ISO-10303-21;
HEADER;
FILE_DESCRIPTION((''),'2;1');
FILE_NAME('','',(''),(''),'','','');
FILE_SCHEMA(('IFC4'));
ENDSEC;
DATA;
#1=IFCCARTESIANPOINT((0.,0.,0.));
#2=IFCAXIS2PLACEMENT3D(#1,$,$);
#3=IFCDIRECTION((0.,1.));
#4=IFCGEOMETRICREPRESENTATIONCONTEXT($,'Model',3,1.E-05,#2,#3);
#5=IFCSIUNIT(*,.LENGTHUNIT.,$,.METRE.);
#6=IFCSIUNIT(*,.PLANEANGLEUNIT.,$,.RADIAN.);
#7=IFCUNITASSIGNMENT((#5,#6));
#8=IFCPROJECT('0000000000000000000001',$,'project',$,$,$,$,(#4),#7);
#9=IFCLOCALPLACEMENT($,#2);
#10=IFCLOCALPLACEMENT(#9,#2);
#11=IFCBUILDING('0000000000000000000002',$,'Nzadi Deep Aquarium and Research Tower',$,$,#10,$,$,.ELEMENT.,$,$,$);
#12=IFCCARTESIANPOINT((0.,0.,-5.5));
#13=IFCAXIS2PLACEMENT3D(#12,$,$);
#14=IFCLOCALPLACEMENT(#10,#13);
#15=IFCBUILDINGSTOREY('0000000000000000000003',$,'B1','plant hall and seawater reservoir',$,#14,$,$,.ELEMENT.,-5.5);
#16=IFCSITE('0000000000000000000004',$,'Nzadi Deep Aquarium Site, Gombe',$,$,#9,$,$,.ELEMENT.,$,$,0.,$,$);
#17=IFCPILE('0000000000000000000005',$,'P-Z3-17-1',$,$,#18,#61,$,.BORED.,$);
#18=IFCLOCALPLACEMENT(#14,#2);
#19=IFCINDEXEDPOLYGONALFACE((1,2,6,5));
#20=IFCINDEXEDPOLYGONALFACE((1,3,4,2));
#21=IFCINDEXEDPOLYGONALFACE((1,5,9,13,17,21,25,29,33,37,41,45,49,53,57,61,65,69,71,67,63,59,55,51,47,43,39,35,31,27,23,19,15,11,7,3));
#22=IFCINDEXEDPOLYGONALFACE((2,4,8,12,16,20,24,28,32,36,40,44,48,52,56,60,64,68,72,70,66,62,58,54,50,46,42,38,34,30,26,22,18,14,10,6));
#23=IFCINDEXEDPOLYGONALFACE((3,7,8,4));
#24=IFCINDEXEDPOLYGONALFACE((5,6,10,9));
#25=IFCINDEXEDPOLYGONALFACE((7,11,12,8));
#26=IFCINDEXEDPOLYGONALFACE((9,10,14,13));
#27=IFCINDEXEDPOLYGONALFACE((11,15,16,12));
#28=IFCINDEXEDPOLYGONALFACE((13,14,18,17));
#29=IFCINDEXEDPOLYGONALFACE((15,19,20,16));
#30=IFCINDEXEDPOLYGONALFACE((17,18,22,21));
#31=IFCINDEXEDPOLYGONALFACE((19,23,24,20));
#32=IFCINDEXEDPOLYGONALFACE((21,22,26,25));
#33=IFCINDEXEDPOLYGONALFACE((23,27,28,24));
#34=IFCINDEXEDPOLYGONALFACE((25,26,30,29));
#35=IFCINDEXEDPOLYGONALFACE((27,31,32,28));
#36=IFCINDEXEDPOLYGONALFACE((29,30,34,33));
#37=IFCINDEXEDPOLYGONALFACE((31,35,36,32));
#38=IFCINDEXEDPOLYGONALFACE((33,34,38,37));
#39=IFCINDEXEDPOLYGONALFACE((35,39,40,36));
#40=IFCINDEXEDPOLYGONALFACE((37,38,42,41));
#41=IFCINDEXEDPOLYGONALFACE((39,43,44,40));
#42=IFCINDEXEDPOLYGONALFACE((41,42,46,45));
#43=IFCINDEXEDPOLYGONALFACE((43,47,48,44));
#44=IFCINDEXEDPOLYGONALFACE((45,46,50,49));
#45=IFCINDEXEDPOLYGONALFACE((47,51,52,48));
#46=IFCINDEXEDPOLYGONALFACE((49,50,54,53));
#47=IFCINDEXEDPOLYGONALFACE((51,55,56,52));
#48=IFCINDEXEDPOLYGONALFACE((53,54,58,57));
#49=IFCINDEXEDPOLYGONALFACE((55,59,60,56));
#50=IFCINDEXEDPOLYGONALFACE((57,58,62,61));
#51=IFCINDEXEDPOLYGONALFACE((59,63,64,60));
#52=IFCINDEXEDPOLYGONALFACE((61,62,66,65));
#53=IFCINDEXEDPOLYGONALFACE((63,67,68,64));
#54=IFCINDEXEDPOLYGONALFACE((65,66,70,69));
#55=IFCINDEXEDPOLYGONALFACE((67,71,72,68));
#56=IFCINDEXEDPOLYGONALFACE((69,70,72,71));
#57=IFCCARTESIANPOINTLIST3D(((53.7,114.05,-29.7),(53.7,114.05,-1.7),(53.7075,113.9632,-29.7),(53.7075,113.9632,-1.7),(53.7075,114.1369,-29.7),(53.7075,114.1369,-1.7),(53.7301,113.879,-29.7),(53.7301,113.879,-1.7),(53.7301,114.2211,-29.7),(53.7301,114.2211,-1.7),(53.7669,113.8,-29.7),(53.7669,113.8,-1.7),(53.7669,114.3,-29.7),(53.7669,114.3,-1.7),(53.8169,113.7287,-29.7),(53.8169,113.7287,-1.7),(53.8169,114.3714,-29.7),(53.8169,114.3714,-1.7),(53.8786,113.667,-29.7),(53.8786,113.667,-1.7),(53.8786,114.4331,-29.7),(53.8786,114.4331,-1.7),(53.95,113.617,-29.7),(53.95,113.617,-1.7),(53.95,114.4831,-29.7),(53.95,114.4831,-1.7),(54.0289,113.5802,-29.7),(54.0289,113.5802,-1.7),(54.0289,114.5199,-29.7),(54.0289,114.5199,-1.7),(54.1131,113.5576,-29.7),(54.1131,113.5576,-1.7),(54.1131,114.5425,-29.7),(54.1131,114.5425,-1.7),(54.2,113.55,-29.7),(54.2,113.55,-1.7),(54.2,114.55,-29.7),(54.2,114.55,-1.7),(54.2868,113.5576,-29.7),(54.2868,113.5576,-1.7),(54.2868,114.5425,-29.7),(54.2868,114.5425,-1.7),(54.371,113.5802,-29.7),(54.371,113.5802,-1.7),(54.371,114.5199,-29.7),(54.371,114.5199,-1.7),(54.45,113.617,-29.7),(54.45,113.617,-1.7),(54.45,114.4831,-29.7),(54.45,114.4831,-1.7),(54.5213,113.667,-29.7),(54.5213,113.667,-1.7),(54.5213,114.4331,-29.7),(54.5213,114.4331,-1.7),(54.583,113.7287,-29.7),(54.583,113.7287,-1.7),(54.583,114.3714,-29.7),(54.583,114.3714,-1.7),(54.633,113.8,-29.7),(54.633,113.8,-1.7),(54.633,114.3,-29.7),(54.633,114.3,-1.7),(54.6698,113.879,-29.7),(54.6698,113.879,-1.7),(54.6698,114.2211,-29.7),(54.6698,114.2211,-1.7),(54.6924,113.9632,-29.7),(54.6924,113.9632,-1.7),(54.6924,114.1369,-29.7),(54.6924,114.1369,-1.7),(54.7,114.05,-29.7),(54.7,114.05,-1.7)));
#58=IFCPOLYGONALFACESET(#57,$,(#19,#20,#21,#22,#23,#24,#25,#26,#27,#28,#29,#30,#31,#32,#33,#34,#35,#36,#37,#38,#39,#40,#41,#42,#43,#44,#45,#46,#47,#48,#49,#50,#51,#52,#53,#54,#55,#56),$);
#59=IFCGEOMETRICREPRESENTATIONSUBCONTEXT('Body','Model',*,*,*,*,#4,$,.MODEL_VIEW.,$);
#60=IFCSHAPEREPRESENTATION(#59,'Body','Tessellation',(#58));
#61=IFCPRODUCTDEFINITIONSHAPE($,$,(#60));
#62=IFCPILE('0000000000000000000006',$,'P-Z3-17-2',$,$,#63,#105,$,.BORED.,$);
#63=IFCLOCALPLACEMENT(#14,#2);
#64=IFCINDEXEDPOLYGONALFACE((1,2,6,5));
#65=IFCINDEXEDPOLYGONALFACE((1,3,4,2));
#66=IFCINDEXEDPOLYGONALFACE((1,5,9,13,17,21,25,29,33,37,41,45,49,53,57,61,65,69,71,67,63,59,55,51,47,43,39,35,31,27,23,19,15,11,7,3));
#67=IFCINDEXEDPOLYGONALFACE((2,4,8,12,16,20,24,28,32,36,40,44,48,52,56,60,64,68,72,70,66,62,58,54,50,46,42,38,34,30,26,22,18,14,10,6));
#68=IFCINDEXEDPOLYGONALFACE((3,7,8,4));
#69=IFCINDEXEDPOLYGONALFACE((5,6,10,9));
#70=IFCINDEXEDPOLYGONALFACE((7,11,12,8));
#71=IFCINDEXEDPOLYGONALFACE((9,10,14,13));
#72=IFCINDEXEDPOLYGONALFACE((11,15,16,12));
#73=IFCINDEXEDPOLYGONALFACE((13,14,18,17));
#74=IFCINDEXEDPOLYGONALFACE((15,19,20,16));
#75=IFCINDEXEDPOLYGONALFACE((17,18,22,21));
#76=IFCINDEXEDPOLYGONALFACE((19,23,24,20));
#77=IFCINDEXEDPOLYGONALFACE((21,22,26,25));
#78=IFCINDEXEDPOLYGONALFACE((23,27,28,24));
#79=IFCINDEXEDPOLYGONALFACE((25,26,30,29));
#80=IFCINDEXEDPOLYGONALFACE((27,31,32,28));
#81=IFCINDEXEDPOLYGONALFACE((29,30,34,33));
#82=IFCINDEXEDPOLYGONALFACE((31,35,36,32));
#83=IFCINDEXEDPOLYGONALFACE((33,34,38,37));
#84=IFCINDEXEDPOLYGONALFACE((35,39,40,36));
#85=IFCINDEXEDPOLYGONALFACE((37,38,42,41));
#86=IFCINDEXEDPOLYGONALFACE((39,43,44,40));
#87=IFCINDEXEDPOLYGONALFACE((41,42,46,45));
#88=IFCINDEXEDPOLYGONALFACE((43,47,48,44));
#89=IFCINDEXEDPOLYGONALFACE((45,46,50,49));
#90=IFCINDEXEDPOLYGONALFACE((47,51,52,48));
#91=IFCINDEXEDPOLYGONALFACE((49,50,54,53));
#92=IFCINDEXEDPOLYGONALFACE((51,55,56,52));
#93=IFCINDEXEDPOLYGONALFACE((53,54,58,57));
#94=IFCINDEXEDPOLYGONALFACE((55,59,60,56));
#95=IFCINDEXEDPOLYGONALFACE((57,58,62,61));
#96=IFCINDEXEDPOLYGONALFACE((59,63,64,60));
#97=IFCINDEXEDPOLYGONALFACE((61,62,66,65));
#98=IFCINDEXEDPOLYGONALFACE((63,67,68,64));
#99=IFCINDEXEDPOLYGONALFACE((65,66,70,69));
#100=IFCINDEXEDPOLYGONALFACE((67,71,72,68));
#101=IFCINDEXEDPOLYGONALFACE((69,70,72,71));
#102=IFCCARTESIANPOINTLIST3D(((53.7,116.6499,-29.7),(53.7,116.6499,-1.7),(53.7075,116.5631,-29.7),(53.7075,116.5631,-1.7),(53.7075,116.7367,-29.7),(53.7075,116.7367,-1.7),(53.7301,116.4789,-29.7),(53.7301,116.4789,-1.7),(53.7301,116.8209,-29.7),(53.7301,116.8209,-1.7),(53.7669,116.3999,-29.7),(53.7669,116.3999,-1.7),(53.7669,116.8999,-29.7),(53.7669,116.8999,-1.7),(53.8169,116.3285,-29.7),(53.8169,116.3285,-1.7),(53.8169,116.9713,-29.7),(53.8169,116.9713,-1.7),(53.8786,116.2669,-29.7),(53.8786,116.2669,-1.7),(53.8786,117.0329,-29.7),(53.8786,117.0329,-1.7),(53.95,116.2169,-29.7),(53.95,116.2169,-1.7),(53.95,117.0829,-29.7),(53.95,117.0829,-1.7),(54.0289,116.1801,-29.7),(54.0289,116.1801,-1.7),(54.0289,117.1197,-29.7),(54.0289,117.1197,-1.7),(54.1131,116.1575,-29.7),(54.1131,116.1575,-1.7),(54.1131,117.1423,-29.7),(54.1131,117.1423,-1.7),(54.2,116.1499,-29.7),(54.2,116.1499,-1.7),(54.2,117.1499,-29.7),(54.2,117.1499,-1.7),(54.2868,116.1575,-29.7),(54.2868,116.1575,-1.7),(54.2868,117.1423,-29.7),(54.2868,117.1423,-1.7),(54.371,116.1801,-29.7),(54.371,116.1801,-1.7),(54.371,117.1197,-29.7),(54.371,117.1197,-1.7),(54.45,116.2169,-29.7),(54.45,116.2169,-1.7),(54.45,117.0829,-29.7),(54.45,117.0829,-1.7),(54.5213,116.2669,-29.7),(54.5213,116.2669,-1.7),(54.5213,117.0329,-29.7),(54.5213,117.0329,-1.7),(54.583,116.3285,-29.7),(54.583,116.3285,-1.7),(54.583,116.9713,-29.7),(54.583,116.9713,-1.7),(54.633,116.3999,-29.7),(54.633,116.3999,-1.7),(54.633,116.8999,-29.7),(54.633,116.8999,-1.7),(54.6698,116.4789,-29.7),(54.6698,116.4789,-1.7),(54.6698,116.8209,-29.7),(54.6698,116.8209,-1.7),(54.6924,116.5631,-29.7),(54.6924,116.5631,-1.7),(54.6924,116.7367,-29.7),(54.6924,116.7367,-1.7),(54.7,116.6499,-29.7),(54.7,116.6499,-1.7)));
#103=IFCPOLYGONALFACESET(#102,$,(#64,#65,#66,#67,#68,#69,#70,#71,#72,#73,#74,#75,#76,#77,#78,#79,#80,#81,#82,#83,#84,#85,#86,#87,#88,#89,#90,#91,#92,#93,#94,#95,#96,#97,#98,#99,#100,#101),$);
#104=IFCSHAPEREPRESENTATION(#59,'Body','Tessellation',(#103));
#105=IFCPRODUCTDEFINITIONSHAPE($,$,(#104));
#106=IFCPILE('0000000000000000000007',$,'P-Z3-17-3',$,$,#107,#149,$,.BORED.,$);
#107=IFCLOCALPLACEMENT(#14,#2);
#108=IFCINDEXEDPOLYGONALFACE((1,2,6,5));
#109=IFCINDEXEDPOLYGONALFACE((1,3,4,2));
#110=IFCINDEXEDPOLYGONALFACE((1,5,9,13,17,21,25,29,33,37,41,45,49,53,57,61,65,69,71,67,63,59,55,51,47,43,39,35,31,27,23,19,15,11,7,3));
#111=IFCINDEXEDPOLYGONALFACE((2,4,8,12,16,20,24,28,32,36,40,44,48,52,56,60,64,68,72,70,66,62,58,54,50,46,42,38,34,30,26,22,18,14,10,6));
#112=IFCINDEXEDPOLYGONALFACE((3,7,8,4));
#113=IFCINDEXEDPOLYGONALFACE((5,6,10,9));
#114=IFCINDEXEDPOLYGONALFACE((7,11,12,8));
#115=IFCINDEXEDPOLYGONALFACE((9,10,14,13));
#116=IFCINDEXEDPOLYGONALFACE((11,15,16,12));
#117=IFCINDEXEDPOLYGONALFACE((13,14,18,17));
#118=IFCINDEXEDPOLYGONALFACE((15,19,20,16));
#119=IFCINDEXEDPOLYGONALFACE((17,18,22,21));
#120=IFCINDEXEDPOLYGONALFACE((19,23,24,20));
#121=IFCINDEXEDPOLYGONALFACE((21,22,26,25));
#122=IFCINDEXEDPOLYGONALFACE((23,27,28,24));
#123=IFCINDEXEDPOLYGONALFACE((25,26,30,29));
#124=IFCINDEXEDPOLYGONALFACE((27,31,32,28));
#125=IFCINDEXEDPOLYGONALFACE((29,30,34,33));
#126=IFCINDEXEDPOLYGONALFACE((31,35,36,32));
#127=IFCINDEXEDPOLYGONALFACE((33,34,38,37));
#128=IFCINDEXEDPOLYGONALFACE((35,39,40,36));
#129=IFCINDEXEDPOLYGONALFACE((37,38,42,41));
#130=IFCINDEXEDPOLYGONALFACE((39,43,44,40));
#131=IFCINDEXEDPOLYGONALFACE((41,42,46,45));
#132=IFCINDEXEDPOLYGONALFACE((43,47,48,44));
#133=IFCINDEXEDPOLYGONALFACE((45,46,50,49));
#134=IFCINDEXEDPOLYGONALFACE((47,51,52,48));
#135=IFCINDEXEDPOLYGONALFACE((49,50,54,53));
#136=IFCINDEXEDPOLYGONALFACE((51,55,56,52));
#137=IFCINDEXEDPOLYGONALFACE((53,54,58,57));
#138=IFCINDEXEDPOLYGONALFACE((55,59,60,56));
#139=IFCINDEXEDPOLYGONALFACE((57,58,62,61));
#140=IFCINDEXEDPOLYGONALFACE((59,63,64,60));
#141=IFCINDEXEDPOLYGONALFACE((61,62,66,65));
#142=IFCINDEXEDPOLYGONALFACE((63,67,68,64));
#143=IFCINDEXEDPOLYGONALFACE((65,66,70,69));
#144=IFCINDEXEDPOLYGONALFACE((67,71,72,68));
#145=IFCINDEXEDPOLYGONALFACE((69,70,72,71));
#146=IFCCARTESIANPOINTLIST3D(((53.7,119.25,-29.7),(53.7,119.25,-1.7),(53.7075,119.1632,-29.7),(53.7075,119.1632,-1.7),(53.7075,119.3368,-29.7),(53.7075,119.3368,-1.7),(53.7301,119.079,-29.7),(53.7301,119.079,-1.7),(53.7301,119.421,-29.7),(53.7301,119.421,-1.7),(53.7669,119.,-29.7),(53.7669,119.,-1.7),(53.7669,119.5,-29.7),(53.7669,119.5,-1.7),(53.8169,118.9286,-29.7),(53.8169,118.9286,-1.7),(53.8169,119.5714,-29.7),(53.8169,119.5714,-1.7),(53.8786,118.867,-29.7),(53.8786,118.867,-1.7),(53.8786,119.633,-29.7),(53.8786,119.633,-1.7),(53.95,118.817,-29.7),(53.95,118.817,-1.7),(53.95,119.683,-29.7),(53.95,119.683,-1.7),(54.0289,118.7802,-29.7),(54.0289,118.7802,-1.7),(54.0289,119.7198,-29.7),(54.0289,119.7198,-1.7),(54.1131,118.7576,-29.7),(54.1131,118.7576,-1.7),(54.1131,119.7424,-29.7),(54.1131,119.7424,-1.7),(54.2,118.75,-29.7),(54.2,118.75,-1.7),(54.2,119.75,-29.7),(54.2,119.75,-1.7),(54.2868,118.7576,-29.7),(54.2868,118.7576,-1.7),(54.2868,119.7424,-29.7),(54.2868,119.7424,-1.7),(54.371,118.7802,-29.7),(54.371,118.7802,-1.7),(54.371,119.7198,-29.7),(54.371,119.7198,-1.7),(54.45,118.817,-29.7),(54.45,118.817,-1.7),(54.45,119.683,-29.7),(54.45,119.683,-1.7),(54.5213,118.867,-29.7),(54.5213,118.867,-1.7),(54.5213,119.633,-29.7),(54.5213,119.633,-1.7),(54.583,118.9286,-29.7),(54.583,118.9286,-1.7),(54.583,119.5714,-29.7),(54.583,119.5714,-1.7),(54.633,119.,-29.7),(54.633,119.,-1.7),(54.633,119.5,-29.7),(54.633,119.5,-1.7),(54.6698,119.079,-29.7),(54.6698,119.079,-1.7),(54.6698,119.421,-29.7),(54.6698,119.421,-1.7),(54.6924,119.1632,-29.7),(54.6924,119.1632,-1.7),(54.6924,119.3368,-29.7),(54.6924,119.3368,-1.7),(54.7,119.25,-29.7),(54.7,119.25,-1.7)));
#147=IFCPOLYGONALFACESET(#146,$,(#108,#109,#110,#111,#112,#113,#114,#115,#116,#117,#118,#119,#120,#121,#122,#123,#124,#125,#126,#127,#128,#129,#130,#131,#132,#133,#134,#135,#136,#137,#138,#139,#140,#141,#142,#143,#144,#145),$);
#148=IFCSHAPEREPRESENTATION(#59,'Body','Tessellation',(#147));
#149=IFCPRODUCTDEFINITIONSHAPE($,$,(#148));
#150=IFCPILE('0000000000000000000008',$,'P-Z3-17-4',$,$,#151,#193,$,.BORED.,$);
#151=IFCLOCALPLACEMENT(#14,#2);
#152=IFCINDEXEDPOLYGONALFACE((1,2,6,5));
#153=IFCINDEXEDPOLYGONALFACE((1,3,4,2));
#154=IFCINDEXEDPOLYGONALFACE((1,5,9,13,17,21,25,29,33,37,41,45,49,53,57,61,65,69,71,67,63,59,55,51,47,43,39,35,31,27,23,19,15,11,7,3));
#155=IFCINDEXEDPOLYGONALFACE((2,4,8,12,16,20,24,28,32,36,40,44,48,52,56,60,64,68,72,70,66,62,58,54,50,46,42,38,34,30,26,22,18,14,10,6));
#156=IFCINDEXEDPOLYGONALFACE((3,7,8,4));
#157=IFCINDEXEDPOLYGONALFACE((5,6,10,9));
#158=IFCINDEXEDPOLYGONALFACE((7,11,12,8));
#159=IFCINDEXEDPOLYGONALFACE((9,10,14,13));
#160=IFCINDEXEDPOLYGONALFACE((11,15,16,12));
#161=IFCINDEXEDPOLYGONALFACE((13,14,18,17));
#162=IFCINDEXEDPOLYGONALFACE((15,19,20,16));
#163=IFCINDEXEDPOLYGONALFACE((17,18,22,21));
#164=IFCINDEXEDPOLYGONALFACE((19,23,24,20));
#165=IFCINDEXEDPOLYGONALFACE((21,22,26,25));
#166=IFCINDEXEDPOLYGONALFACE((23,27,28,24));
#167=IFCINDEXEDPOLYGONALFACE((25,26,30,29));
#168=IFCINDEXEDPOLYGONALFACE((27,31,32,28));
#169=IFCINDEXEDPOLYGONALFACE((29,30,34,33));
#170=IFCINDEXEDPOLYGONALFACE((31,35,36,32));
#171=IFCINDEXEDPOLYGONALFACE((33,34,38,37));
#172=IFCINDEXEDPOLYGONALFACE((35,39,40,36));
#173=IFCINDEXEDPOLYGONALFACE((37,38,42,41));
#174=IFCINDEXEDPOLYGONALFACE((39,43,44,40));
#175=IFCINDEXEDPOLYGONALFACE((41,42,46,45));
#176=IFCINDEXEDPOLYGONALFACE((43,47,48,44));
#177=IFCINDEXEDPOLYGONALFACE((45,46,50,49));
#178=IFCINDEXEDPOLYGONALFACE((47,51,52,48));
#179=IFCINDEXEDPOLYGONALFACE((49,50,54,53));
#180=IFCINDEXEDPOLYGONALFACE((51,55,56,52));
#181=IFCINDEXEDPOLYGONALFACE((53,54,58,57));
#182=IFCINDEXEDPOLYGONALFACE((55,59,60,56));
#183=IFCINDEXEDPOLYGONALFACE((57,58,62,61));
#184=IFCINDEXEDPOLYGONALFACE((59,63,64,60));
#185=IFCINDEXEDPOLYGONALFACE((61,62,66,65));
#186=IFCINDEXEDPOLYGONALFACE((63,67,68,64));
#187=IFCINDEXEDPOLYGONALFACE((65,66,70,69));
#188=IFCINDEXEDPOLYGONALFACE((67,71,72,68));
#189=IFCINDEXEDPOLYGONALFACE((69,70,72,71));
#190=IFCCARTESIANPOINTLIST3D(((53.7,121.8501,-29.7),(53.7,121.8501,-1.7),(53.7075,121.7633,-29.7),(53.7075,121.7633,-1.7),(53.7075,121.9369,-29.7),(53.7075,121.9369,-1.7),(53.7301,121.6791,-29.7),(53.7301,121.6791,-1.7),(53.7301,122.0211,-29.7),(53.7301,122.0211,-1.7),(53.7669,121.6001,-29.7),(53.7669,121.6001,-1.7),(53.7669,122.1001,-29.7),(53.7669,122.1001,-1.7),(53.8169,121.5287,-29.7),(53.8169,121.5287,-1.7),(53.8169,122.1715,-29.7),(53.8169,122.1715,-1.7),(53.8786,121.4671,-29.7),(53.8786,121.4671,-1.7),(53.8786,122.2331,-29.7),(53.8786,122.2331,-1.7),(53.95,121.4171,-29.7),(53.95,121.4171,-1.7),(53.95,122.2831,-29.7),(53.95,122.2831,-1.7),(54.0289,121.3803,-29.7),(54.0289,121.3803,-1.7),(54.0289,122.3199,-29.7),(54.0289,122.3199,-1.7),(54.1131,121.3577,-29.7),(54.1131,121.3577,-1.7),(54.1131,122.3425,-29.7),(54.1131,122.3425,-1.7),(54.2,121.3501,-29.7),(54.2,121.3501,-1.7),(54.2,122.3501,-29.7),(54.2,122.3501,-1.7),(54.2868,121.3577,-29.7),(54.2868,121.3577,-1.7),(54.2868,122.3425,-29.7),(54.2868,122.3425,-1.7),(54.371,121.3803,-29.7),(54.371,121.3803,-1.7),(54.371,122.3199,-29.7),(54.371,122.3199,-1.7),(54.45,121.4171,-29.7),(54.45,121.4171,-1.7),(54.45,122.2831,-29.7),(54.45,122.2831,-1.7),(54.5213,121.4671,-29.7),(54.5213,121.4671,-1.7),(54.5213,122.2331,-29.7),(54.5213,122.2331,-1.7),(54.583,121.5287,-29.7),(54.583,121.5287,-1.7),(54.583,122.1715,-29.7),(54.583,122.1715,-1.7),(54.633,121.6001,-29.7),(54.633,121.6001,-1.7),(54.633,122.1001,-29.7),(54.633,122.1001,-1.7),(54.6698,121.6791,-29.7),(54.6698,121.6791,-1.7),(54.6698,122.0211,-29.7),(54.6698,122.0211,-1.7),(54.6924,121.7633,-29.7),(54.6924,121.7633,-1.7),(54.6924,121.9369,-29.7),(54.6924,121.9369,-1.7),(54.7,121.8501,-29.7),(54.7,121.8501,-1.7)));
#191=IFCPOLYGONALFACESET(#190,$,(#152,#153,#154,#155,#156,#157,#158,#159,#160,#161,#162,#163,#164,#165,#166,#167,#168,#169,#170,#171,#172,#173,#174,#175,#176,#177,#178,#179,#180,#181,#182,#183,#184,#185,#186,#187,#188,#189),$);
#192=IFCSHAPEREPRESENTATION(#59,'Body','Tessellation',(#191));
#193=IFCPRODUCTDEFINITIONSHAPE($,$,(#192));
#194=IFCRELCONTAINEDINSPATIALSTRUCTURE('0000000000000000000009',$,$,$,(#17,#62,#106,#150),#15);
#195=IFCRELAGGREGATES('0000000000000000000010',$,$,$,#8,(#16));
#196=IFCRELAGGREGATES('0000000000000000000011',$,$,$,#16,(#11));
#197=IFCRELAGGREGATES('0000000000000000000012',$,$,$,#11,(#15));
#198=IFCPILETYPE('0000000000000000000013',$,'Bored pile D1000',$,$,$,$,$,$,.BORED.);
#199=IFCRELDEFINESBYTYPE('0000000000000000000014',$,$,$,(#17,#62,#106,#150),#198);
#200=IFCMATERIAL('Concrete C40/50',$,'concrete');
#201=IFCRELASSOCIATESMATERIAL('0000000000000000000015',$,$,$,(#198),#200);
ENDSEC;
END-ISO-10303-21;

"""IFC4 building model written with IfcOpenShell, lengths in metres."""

from ifc_helpers import new_model, si_unit, direction, frame, origin, origin_2d, place, context, subcontext, project, spatial, circle, extrude, material, material_profile, profile_set, type_object, element, save


model = new_model("IFC4")

# Units and contexts
model_context = context("Model", 3, precision=1e-05, world=origin(), true_north=direction((0.0, 1.0)))
body_context = subcontext(model_context, "Body", "Model", "MODEL_VIEW")
ifc_project = project(units=[si_unit("LENGTHUNIT", "METRE"), si_unit("PLANEANGLEUNIT", "RADIAN")], contexts=[model_context])

# Site, building, storey
site_placement = place(None, origin())
site = spatial("IfcSite", under=ifc_project, at=site_placement, Name="Nzadi Deep Aquarium Site, Gombe", CompositionType="ELEMENT", RefElevation=0.0)
building_placement = place(site_placement, origin())
building = spatial("IfcBuilding", under=site, at=building_placement, Name="Nzadi Deep Aquarium and Research Tower", CompositionType="ELEMENT")
storey_placement = place(building_placement, frame((0.0, 0.0, -5.5)))
storey = spatial("IfcBuildingStorey", under=building, at=storey_placement, Name="B1", Description="plant hall and seawater reservoir", CompositionType="ELEMENT", Elevation=-5.5)

# Piles
ifc_material_1 = material(Name="Concrete C40/50", Category="concrete")
ifc_material_profile_1 = material_profile(ifc_material_1, circle(Radius=0.5, at=origin_2d()))
ifc_profile_set_1 = profile_set([ifc_material_profile_1], Name="Concrete C40/50")
pile_type_1 = type_object("IfcPileType", Name="Bored pile D1000", PredefinedType="BORED", material=ifc_profile_set_1)
for number, where, z_axis, x_axis, name in (
    (1, (54.2, 114.05, -1.7), (0.0, 0.0, -1.0), (1.0, 0.0, 0.0), "P-Z3-17-1"),
    (2, (54.2, 116.6499, -1.7), (0.0, 0.0, -1.0), (1.0, 0.0, 0.0), "P-Z3-17-2"),
    (3, (54.2, 119.25, -1.7), (0.0, 0.0, -1.0), (1.0, 0.0, 0.0), "P-Z3-17-3"),
    (4, (54.2, 121.8501, -1.7), (0.0, 0.0, -1.0), (1.0, 0.0, 0.0), "P-Z3-17-4"),
):
    element("IfcPile", number, at=place(storey_placement, frame(where, z_axis=z_axis, x_axis=x_axis)), inside=storey, type_object=pile_type_1, Name=name, PredefinedType="BORED", context=body_context, shape_type="SweptSolid", body=[
        extrude(circle(Radius=0.5, at=origin_2d()), origin(), (0.0, 0.0, 1.0), 28.0),
    ])

save(model, "model.ifc")
